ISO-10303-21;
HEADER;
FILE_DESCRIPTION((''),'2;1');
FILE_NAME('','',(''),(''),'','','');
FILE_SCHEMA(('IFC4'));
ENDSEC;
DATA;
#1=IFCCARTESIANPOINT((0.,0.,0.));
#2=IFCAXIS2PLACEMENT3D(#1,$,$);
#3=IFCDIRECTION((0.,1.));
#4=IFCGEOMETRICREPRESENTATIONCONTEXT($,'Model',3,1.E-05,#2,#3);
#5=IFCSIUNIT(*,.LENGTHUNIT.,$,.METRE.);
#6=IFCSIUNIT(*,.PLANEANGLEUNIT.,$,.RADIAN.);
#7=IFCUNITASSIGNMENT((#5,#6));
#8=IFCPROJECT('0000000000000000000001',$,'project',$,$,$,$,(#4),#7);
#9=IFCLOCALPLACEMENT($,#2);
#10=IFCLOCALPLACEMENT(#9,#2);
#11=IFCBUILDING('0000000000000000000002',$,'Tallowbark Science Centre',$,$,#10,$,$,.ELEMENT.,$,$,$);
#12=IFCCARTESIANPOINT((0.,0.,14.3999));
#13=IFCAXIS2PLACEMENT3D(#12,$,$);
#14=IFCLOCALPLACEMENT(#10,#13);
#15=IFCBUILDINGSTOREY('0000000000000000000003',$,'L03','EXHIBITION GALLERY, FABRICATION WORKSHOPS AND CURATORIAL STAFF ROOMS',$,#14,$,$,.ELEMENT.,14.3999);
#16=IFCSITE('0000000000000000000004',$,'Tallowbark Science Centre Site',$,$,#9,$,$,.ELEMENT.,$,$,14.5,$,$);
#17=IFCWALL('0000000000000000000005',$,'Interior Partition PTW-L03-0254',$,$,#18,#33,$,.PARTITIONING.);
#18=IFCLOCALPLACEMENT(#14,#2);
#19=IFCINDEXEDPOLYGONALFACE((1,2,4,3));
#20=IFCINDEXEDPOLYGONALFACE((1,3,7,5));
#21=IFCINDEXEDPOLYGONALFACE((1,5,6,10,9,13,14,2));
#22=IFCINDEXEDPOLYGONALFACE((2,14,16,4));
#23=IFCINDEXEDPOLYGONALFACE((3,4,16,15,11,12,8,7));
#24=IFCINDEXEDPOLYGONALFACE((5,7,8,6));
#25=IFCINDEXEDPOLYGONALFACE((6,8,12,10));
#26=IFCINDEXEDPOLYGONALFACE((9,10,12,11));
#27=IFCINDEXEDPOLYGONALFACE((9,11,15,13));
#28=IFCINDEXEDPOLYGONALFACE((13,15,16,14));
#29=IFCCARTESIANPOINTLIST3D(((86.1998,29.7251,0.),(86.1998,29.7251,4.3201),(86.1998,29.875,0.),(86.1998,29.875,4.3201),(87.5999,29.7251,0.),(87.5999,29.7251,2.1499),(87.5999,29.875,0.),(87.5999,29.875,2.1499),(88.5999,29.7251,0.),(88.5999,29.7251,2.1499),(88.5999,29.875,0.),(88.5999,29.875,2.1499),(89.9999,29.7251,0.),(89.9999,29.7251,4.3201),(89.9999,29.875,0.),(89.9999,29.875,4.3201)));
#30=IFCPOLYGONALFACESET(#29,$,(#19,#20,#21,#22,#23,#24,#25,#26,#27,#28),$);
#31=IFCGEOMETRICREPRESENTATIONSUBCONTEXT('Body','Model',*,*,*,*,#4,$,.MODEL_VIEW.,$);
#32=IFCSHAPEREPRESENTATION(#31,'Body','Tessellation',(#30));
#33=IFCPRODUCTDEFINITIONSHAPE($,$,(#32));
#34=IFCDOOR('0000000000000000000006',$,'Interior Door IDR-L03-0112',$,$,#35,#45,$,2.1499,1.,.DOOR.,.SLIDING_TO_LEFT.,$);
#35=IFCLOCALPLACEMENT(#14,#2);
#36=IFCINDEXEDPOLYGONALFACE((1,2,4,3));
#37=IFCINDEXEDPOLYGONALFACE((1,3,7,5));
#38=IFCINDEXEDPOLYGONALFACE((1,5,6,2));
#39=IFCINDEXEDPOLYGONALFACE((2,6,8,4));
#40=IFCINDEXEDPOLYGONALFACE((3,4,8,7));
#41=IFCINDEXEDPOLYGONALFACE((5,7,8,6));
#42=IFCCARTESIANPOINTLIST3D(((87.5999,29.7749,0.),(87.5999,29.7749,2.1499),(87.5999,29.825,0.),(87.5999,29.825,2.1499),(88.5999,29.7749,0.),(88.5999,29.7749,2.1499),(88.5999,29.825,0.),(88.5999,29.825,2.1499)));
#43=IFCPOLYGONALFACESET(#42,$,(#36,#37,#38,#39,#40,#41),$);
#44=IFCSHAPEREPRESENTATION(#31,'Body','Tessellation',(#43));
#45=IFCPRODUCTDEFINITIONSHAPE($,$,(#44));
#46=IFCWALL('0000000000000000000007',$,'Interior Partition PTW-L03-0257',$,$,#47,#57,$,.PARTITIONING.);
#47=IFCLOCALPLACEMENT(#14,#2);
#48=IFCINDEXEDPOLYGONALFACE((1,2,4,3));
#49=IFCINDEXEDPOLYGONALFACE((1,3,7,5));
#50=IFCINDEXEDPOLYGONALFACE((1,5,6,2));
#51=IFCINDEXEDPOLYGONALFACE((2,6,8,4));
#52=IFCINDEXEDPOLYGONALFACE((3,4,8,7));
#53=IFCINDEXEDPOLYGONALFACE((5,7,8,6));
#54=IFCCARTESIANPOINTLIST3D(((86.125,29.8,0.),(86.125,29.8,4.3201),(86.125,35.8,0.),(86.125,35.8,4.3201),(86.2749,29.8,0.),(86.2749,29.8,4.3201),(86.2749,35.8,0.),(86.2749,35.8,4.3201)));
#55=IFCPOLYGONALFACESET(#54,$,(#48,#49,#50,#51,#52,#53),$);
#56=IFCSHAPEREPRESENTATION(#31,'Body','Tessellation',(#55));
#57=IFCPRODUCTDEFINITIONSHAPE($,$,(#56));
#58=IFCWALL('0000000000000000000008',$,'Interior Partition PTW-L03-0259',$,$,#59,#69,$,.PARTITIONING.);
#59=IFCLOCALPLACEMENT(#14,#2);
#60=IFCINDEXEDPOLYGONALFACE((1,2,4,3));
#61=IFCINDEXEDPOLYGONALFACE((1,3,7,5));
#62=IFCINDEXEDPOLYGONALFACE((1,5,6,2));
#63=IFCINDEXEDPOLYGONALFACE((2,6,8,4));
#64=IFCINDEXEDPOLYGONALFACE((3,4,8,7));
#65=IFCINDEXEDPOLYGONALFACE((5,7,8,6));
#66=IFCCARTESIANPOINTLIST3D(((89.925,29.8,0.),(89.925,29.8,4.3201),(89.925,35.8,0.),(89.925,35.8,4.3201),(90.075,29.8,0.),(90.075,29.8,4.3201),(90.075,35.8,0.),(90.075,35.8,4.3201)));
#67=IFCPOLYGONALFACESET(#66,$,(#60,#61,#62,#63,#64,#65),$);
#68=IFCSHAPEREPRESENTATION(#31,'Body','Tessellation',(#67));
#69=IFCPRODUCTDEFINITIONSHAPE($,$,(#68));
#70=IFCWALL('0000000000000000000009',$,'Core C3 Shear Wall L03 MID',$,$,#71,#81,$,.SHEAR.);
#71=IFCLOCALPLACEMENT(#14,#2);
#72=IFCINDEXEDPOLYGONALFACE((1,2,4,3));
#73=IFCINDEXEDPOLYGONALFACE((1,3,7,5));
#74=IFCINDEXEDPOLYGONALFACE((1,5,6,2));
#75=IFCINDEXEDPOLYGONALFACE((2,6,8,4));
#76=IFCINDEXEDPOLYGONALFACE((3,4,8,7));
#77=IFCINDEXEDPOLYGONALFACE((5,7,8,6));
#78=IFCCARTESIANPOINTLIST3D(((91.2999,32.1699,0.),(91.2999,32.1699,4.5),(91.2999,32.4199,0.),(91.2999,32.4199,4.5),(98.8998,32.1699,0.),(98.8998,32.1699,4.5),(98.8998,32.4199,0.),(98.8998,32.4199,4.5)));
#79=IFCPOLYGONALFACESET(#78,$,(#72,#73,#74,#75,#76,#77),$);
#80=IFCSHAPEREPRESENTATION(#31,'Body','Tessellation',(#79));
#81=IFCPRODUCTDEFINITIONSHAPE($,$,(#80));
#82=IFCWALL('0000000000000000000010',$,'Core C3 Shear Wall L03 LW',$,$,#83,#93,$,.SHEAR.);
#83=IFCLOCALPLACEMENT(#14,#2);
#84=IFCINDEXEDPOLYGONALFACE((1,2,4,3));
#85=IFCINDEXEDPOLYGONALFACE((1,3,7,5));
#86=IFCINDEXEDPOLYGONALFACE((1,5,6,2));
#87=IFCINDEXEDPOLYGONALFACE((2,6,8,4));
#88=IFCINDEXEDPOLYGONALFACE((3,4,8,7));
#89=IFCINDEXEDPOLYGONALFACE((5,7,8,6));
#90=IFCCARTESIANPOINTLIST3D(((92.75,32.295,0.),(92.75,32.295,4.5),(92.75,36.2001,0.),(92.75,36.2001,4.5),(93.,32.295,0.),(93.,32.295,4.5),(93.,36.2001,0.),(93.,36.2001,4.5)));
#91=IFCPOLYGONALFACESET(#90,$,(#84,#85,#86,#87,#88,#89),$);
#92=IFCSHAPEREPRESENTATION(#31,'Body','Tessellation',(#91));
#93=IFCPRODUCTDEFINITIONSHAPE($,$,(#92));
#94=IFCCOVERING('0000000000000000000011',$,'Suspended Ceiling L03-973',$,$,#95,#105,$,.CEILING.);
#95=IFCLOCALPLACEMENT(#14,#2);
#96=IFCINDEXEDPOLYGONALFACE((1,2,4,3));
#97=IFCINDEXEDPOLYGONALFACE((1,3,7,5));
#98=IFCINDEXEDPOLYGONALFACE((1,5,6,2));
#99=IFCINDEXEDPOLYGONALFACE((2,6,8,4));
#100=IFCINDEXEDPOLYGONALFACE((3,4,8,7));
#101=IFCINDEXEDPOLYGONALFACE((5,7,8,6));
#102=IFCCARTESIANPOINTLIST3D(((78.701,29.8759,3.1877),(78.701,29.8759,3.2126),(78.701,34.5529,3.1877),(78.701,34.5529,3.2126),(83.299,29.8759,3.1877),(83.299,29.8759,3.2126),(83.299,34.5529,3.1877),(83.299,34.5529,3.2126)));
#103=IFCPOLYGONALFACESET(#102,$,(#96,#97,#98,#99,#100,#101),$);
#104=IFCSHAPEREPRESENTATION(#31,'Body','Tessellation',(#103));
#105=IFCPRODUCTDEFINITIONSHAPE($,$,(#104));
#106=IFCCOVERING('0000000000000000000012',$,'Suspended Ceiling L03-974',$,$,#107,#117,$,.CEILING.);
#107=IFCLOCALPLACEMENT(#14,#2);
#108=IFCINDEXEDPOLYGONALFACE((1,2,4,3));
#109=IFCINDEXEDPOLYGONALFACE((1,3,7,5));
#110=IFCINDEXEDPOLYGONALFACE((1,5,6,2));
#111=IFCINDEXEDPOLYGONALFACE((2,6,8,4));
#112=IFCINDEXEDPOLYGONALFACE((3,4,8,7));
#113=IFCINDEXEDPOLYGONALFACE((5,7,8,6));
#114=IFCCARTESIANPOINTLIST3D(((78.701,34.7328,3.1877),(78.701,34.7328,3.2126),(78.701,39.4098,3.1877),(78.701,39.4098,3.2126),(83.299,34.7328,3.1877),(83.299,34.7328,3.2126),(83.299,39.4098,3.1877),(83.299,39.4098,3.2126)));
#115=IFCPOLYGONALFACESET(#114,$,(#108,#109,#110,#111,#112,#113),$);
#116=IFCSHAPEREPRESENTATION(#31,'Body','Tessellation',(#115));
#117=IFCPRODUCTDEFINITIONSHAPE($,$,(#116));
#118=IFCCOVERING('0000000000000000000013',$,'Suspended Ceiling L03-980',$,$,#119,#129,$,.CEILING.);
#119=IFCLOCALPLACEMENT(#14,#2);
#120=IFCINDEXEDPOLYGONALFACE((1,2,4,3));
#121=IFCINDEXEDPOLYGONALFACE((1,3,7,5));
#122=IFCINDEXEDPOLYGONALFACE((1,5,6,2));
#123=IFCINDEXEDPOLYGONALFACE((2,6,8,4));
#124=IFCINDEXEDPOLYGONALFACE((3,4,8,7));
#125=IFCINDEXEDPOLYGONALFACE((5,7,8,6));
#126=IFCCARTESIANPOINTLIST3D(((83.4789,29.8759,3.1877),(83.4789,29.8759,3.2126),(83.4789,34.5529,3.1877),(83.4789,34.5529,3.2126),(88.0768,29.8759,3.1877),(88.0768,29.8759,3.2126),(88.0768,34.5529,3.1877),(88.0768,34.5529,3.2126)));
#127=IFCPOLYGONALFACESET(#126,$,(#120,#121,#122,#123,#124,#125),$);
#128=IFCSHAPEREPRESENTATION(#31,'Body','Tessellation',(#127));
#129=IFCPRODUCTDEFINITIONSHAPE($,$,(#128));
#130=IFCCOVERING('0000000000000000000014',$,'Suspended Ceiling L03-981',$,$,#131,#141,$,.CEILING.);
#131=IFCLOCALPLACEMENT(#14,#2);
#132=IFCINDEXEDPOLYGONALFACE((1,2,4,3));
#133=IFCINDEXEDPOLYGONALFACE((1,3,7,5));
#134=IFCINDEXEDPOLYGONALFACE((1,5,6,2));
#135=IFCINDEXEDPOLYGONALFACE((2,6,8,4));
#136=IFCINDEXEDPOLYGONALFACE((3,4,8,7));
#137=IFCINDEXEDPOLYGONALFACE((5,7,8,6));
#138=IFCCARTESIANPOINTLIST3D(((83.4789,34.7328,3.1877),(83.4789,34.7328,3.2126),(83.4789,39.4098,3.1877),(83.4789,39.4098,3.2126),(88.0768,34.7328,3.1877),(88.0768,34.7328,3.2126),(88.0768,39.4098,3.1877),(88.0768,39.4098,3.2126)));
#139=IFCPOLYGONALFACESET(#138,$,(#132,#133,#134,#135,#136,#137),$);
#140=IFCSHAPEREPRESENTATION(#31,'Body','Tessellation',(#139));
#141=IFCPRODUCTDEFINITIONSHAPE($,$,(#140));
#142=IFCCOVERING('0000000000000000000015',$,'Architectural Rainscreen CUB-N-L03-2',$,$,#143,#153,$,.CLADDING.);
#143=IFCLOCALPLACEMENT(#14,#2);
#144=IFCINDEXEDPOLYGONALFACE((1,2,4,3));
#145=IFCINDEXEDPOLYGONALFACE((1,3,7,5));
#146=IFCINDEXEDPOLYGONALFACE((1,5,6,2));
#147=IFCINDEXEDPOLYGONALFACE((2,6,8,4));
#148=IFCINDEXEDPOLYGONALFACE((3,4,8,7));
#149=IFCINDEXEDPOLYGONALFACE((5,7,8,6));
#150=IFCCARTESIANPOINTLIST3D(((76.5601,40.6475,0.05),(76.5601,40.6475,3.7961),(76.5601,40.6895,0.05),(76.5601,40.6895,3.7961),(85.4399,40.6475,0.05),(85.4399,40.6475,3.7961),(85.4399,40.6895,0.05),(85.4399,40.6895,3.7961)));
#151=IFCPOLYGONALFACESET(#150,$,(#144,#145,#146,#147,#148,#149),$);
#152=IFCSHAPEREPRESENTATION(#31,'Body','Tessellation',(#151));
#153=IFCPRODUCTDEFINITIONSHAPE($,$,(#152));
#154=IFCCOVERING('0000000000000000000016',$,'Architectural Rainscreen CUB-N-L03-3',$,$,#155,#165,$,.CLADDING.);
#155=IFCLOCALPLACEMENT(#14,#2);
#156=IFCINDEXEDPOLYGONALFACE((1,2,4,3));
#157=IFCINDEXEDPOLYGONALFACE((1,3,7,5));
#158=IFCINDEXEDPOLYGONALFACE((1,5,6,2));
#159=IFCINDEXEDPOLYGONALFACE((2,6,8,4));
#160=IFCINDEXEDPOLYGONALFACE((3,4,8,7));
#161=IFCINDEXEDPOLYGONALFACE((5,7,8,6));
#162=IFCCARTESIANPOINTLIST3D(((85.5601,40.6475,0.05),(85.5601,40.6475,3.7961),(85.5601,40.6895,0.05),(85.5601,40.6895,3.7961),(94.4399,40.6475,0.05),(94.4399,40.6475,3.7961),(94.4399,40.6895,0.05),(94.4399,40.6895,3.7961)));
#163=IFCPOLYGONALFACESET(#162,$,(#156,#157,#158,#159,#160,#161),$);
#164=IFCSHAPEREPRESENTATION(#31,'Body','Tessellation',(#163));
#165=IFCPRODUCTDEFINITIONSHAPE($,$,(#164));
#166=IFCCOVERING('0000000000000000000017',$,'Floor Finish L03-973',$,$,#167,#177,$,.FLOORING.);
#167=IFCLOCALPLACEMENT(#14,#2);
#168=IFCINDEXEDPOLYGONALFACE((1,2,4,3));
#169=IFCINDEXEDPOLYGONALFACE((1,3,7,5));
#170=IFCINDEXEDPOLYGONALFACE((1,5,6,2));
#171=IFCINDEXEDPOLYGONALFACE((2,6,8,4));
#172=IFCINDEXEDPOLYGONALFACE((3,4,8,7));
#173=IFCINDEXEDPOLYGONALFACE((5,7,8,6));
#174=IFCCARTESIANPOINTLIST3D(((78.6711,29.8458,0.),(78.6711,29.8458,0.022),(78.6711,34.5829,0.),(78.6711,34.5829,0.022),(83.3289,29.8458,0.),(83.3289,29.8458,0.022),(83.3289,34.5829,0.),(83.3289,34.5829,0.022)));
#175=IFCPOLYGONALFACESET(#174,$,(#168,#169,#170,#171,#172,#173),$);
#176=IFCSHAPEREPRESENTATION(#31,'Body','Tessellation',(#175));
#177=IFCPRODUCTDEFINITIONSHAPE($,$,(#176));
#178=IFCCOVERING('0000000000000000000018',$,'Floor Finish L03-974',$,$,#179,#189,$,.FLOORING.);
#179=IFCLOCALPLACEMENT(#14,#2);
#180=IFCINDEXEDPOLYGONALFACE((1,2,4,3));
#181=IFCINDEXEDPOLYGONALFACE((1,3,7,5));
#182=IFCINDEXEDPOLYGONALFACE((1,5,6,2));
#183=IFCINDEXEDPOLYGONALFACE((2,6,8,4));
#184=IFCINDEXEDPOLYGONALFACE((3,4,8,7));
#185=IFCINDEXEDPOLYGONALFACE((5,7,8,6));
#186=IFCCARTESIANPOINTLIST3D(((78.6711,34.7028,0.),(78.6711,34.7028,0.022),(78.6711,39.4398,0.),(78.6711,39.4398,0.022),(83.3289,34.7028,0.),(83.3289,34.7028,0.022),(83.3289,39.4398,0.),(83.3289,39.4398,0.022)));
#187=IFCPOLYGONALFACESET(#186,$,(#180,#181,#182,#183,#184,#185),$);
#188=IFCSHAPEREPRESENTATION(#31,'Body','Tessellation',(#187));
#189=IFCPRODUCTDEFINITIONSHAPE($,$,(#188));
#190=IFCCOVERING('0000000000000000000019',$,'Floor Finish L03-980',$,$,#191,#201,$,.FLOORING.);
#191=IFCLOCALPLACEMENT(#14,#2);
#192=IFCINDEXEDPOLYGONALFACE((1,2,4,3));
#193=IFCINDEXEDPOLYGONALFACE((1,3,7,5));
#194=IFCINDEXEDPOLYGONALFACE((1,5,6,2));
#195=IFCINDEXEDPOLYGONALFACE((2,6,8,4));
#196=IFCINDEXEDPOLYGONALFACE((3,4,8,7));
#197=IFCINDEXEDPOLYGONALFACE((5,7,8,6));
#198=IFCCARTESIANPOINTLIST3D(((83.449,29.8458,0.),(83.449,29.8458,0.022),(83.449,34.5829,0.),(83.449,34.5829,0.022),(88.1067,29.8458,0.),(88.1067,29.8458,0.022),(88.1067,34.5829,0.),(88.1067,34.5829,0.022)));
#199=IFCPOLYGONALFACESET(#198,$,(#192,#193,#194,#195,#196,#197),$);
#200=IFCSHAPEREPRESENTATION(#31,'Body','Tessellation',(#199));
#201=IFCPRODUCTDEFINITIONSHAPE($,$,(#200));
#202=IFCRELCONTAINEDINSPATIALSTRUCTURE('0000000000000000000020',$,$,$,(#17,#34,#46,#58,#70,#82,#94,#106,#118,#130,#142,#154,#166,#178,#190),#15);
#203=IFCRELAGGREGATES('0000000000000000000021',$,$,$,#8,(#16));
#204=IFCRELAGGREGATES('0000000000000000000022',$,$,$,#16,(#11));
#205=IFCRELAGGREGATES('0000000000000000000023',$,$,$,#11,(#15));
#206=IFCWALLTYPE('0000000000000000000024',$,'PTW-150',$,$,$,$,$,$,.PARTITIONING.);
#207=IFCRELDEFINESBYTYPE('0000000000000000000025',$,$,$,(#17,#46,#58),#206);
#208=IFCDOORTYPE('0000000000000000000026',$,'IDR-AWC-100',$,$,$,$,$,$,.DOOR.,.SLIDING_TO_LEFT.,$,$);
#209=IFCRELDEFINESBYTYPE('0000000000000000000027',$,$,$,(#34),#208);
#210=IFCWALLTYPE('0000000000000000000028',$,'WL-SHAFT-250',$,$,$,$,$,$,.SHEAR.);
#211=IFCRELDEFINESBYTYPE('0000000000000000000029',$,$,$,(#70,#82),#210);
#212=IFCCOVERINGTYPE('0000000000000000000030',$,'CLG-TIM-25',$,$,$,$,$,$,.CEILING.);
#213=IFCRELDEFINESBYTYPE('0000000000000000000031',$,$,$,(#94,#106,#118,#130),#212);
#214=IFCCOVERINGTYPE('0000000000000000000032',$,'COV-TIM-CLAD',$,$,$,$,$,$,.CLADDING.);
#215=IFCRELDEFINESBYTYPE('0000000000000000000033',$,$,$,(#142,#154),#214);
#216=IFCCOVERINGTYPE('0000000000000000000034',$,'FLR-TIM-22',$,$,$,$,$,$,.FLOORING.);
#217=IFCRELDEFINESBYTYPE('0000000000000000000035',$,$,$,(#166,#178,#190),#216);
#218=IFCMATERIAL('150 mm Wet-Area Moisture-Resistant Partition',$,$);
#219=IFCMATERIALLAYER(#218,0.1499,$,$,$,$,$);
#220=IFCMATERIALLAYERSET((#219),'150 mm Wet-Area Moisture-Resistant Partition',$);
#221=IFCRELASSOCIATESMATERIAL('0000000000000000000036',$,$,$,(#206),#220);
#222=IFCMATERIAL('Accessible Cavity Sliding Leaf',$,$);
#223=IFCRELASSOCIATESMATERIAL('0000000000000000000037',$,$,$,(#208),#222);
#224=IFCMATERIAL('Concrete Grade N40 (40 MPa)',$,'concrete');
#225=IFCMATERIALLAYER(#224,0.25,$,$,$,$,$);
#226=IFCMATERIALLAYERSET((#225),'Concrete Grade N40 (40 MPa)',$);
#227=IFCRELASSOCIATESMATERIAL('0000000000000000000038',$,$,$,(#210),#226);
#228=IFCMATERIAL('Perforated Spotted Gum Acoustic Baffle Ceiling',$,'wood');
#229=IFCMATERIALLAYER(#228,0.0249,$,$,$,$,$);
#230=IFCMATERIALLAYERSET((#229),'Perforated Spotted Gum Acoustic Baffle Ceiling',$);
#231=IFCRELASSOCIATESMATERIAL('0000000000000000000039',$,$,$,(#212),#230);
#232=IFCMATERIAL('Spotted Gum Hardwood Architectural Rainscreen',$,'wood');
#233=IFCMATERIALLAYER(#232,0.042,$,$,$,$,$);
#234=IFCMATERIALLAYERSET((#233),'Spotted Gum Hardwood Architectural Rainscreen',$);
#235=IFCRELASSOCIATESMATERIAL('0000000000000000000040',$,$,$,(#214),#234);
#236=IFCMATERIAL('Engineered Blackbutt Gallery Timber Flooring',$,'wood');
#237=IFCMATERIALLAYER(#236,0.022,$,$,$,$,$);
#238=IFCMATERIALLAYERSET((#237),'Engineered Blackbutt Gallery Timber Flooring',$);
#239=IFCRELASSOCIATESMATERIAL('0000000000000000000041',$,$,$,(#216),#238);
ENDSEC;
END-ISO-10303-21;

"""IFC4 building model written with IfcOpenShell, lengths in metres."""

from ifc_helpers import new_model, si_unit, direction, frame, frame_2d, origin, origin_2d, place, context, subcontext, project, spatial, rectangle, extrude, material, layer, layer_set, type_object, element, fill, save


model = new_model("IFC4")

# Units and contexts
model_context = context("Model", 3, precision=1e-05, world=origin(), true_north=direction((0.0, 1.0)))
body_context = subcontext(model_context, "Body", "Model", "MODEL_VIEW")
ifc_project = project(units=[si_unit("LENGTHUNIT", "METRE"), si_unit("PLANEANGLEUNIT", "RADIAN")], contexts=[model_context])

# Site, building, storey
site_placement = place(None, origin())
site = spatial("IfcSite", under=ifc_project, at=site_placement, Name="Tallowbark Science Centre Site", CompositionType="ELEMENT", RefElevation=14.5)
building_placement = place(site_placement, origin())
building = spatial("IfcBuilding", under=site, at=building_placement, Name="Tallowbark Science Centre", CompositionType="ELEMENT")
storey_placement = place(building_placement, frame((0.0, 0.0, 14.3999)))
storey = spatial("IfcBuildingStorey", under=building, at=storey_placement, Name="L03", Description="EXHIBITION GALLERY, FABRICATION WORKSHOPS AND CURATORIAL STAFF ROOMS", CompositionType="ELEMENT", Elevation=14.3999)

# Wall, opening, door
ifc_material_1 = material(Name="150 mm Wet-Area Moisture-Resistant Partition")
ifc_layer_1 = layer(ifc_material_1, 0.1499)
ifc_layer_set_1 = layer_set([ifc_layer_1], Name="150 mm Wet-Area Moisture-Resistant Partition")
wall_type_1 = type_object("IfcWallType", Name="PTW-150", PredefinedType="PARTITIONING", material=ifc_layer_set_1)
wall_1_placement = place(storey_placement, frame((86.2, 29.8, 0.0), z_axis=(0.0, 0.0, 1.0), x_axis=(1.0, 0.0, 0.0)))
wall_1 = element("IfcWall", 1, at=wall_1_placement, inside=storey, type_object=wall_type_1, Name="Interior Partition PTW-L03-0254", PredefinedType="PARTITIONING", context=body_context, shape_type="SweptSolid", body=[
    extrude(rectangle(XDim=3.8, YDim=0.1499, at=frame_2d((1.8999, 0.0))), origin(), (0.0, 0.0, 1.0), 4.3201),
])
opening_1_placement = place(wall_1_placement, frame((1.3999, 0.0, 0.0)))
opening_1 = element("IfcOpeningElement", 2, at=opening_1_placement, cuts=wall_1, PredefinedType="OPENING", context=body_context, shape_type="SweptSolid", body=[
    extrude(rectangle(XDim=1.0, YDim=2.1499, at=frame_2d((0.5, 1.075))), frame((0.0, 0.085, 0.0), z_axis=(0.0, -1.0, 0.0), x_axis=(1.0, 0.0, 0.0)), (0.0, 0.0, 1.0), 0.1699),
])
ifc_material_2 = material(Name="Accessible Cavity Sliding Leaf")
door_type_1 = type_object("IfcDoorType", Name="IDR-AWC-100", OperationType="SLIDING_TO_LEFT", PredefinedType="DOOR", material=ifc_material_2)
door_1_placement = place(opening_1_placement, origin())
door_1 = element("IfcDoor", 3, at=door_1_placement, inside=storey, type_object=door_type_1, Name="Interior Door IDR-L03-0112", OperationType="SLIDING_TO_LEFT", OverallHeight=2.1499, OverallWidth=1.0, PredefinedType="DOOR", context=body_context, shape_type="SweptSolid", body=[
    extrude(rectangle(XDim=1.0, YDim=2.1499, at=frame_2d((0.5, 1.075))), frame((0.0, 0.0249, 0.0), z_axis=(0.0, -1.0, 0.0), x_axis=(1.0, 0.0, 0.0)), (0.0, 0.0, 1.0), 0.05),
])
fill(opening_1, door_1)

# Walls
for number, where, z_axis, x_axis, name in (
    (4, (86.2, 29.8, 0.0), (0.0, 0.0, 1.0), (0.0, 1.0, 0.0), "Interior Partition PTW-L03-0257"),
    (5, (90.0, 29.8, 0.0), (0.0, 0.0, 1.0), (0.0, 1.0, 0.0), "Interior Partition PTW-L03-0259"),
):
    element("IfcWall", number, at=place(storey_placement, frame(where, z_axis=z_axis, x_axis=x_axis)), inside=storey, type_object=wall_type_1, Name=name, PredefinedType="PARTITIONING", context=body_context, shape_type="SweptSolid", body=[
        extrude(rectangle(XDim=6.0, YDim=0.1499, at=frame_2d((3.0, 0.0))), origin(), (0.0, 0.0, 1.0), 4.3201),
    ])

# Shared definitions
ifc_material_3 = material(Name="Concrete Grade N40 (40 MPa)", Category="concrete")

# Walls
ifc_layer_2 = layer(ifc_material_3, 0.25)
ifc_layer_set_2 = layer_set([ifc_layer_2], Name="Concrete Grade N40 (40 MPa)")
wall_type_2 = type_object("IfcWallType", Name="WL-SHAFT-250", PredefinedType="SHEAR", material=ifc_layer_set_2)
wall_2_placement = place(storey_placement, frame((91.3, 32.2949, 0.0), z_axis=(0.0, 0.0, 1.0), x_axis=(1.0, 0.0, 0.0)))
element("IfcWall", 6, at=wall_2_placement, inside=storey, type_object=wall_type_2, Name="Core C3 Shear Wall L03 MID", PredefinedType="SHEAR", context=body_context, shape_type="SweptSolid", body=[
    extrude(rectangle(XDim=7.5999, YDim=0.25, at=frame_2d((3.7998, 0.0))), origin(), (0.0, 0.0, 1.0), 4.5),
])
wall_3_placement = place(storey_placement, frame((92.875, 32.2949, 0.0), z_axis=(0.0, 0.0, 1.0), x_axis=(0.0, 1.0, 0.0)))
element("IfcWall", 7, at=wall_3_placement, inside=storey, type_object=wall_type_2, Name="Core C3 Shear Wall L03 LW", PredefinedType="SHEAR", context=body_context, shape_type="SweptSolid", body=[
    extrude(rectangle(XDim=3.905, YDim=0.25, at=frame_2d((1.9526, 0.0))), origin(), (0.0, 0.0, 1.0), 4.5),
])

# Coverings
ifc_material_4 = material(Name="Perforated Spotted Gum Acoustic Baffle Ceiling", Category="wood")
ifc_layer_3 = layer(ifc_material_4, 0.0249)
ifc_layer_set_3 = layer_set([ifc_layer_3], Name="Perforated Spotted Gum Acoustic Baffle Ceiling")
covering_type_1 = type_object("IfcCoveringType", Name="CLG-TIM-25", PredefinedType="CEILING", material=ifc_layer_set_3)
for number, where, z_axis, x_axis, name in (
    (8, (81.0, 32.2144, 3.1877), (0.0, 0.0, 1.0), (1.0, 0.0, 0.0), "Suspended Ceiling L03-973"),
    (9, (81.0, 37.0713, 3.1877), (0.0, 0.0, 1.0), (1.0, 0.0, 0.0), "Suspended Ceiling L03-974"),
    (10, (85.7778, 32.2144, 3.1877), (0.0, 0.0, 1.0), (1.0, 0.0, 0.0), "Suspended Ceiling L03-980"),
    (11, (85.7778, 37.0713, 3.1877), (0.0, 0.0, 1.0), (1.0, 0.0, 0.0), "Suspended Ceiling L03-981"),
):
    element("IfcCovering", number, at=place(storey_placement, frame(where, z_axis=z_axis, x_axis=x_axis)), inside=storey, type_object=covering_type_1, Name=name, PredefinedType="CEILING", context=body_context, shape_type="SweptSolid", body=[
        extrude(rectangle(XDim=4.5979, YDim=4.677, at=origin_2d()), origin(), (0.0, 0.0, 1.0), 0.0249),
    ])
ifc_material_5 = material(Name="Spotted Gum Hardwood Architectural Rainscreen", Category="wood")
ifc_layer_4 = layer(ifc_material_5, 0.042)
ifc_layer_set_4 = layer_set([ifc_layer_4], Name="Spotted Gum Hardwood Architectural Rainscreen")
covering_type_2 = type_object("IfcCoveringType", Name="COV-TIM-CLAD", PredefinedType="CLADDING", material=ifc_layer_set_4)
for number, where, z_axis, x_axis, name in (
    (12, (81.0, 40.6685, 0.05), (0.0, 0.0, 1.0), (-1.0, 0.0, 0.0), "Architectural Rainscreen CUB-N-L03-2"),
    (13, (90.0, 40.6685, 0.05), (0.0, 0.0, 1.0), (-1.0, 0.0, 0.0), "Architectural Rainscreen CUB-N-L03-3"),
):
    element("IfcCovering", number, at=place(storey_placement, frame(where, z_axis=z_axis, x_axis=x_axis)), inside=storey, type_object=covering_type_2, Name=name, PredefinedType="CLADDING", context=body_context, shape_type="SweptSolid", body=[
        extrude(rectangle(XDim=8.8799, YDim=0.042, at=origin_2d()), origin(), (0.0, 0.0, 1.0), 3.7461),
    ])
ifc_material_6 = material(Name="Engineered Blackbutt Gallery Timber Flooring", Category="wood")
ifc_layer_5 = layer(ifc_material_6, 0.022)
ifc_layer_set_5 = layer_set([ifc_layer_5], Name="Engineered Blackbutt Gallery Timber Flooring")
covering_type_3 = type_object("IfcCoveringType", Name="FLR-TIM-22", PredefinedType="FLOORING", material=ifc_layer_set_5)
for number, where, z_axis, x_axis, name in (
    (14, (81.0, 32.2144, 0.0), (0.0, 0.0, 1.0), (1.0, 0.0, 0.0), "Floor Finish L03-973"),
    (15, (81.0, 37.0713, 0.0), (0.0, 0.0, 1.0), (1.0, 0.0, 0.0), "Floor Finish L03-974"),
    (16, (85.7778, 32.2144, 0.0), (0.0, 0.0, 1.0), (1.0, 0.0, 0.0), "Floor Finish L03-980"),
):
    element("IfcCovering", number, at=place(storey_placement, frame(where, z_axis=z_axis, x_axis=x_axis)), inside=storey, type_object=covering_type_3, Name=name, PredefinedType="FLOORING", context=body_context, shape_type="SweptSolid", body=[
        extrude(rectangle(XDim=4.6577, YDim=4.7371, at=origin_2d()), origin(), (0.0, 0.0, 1.0), 0.022),
    ])

save(model, "model.ifc")
